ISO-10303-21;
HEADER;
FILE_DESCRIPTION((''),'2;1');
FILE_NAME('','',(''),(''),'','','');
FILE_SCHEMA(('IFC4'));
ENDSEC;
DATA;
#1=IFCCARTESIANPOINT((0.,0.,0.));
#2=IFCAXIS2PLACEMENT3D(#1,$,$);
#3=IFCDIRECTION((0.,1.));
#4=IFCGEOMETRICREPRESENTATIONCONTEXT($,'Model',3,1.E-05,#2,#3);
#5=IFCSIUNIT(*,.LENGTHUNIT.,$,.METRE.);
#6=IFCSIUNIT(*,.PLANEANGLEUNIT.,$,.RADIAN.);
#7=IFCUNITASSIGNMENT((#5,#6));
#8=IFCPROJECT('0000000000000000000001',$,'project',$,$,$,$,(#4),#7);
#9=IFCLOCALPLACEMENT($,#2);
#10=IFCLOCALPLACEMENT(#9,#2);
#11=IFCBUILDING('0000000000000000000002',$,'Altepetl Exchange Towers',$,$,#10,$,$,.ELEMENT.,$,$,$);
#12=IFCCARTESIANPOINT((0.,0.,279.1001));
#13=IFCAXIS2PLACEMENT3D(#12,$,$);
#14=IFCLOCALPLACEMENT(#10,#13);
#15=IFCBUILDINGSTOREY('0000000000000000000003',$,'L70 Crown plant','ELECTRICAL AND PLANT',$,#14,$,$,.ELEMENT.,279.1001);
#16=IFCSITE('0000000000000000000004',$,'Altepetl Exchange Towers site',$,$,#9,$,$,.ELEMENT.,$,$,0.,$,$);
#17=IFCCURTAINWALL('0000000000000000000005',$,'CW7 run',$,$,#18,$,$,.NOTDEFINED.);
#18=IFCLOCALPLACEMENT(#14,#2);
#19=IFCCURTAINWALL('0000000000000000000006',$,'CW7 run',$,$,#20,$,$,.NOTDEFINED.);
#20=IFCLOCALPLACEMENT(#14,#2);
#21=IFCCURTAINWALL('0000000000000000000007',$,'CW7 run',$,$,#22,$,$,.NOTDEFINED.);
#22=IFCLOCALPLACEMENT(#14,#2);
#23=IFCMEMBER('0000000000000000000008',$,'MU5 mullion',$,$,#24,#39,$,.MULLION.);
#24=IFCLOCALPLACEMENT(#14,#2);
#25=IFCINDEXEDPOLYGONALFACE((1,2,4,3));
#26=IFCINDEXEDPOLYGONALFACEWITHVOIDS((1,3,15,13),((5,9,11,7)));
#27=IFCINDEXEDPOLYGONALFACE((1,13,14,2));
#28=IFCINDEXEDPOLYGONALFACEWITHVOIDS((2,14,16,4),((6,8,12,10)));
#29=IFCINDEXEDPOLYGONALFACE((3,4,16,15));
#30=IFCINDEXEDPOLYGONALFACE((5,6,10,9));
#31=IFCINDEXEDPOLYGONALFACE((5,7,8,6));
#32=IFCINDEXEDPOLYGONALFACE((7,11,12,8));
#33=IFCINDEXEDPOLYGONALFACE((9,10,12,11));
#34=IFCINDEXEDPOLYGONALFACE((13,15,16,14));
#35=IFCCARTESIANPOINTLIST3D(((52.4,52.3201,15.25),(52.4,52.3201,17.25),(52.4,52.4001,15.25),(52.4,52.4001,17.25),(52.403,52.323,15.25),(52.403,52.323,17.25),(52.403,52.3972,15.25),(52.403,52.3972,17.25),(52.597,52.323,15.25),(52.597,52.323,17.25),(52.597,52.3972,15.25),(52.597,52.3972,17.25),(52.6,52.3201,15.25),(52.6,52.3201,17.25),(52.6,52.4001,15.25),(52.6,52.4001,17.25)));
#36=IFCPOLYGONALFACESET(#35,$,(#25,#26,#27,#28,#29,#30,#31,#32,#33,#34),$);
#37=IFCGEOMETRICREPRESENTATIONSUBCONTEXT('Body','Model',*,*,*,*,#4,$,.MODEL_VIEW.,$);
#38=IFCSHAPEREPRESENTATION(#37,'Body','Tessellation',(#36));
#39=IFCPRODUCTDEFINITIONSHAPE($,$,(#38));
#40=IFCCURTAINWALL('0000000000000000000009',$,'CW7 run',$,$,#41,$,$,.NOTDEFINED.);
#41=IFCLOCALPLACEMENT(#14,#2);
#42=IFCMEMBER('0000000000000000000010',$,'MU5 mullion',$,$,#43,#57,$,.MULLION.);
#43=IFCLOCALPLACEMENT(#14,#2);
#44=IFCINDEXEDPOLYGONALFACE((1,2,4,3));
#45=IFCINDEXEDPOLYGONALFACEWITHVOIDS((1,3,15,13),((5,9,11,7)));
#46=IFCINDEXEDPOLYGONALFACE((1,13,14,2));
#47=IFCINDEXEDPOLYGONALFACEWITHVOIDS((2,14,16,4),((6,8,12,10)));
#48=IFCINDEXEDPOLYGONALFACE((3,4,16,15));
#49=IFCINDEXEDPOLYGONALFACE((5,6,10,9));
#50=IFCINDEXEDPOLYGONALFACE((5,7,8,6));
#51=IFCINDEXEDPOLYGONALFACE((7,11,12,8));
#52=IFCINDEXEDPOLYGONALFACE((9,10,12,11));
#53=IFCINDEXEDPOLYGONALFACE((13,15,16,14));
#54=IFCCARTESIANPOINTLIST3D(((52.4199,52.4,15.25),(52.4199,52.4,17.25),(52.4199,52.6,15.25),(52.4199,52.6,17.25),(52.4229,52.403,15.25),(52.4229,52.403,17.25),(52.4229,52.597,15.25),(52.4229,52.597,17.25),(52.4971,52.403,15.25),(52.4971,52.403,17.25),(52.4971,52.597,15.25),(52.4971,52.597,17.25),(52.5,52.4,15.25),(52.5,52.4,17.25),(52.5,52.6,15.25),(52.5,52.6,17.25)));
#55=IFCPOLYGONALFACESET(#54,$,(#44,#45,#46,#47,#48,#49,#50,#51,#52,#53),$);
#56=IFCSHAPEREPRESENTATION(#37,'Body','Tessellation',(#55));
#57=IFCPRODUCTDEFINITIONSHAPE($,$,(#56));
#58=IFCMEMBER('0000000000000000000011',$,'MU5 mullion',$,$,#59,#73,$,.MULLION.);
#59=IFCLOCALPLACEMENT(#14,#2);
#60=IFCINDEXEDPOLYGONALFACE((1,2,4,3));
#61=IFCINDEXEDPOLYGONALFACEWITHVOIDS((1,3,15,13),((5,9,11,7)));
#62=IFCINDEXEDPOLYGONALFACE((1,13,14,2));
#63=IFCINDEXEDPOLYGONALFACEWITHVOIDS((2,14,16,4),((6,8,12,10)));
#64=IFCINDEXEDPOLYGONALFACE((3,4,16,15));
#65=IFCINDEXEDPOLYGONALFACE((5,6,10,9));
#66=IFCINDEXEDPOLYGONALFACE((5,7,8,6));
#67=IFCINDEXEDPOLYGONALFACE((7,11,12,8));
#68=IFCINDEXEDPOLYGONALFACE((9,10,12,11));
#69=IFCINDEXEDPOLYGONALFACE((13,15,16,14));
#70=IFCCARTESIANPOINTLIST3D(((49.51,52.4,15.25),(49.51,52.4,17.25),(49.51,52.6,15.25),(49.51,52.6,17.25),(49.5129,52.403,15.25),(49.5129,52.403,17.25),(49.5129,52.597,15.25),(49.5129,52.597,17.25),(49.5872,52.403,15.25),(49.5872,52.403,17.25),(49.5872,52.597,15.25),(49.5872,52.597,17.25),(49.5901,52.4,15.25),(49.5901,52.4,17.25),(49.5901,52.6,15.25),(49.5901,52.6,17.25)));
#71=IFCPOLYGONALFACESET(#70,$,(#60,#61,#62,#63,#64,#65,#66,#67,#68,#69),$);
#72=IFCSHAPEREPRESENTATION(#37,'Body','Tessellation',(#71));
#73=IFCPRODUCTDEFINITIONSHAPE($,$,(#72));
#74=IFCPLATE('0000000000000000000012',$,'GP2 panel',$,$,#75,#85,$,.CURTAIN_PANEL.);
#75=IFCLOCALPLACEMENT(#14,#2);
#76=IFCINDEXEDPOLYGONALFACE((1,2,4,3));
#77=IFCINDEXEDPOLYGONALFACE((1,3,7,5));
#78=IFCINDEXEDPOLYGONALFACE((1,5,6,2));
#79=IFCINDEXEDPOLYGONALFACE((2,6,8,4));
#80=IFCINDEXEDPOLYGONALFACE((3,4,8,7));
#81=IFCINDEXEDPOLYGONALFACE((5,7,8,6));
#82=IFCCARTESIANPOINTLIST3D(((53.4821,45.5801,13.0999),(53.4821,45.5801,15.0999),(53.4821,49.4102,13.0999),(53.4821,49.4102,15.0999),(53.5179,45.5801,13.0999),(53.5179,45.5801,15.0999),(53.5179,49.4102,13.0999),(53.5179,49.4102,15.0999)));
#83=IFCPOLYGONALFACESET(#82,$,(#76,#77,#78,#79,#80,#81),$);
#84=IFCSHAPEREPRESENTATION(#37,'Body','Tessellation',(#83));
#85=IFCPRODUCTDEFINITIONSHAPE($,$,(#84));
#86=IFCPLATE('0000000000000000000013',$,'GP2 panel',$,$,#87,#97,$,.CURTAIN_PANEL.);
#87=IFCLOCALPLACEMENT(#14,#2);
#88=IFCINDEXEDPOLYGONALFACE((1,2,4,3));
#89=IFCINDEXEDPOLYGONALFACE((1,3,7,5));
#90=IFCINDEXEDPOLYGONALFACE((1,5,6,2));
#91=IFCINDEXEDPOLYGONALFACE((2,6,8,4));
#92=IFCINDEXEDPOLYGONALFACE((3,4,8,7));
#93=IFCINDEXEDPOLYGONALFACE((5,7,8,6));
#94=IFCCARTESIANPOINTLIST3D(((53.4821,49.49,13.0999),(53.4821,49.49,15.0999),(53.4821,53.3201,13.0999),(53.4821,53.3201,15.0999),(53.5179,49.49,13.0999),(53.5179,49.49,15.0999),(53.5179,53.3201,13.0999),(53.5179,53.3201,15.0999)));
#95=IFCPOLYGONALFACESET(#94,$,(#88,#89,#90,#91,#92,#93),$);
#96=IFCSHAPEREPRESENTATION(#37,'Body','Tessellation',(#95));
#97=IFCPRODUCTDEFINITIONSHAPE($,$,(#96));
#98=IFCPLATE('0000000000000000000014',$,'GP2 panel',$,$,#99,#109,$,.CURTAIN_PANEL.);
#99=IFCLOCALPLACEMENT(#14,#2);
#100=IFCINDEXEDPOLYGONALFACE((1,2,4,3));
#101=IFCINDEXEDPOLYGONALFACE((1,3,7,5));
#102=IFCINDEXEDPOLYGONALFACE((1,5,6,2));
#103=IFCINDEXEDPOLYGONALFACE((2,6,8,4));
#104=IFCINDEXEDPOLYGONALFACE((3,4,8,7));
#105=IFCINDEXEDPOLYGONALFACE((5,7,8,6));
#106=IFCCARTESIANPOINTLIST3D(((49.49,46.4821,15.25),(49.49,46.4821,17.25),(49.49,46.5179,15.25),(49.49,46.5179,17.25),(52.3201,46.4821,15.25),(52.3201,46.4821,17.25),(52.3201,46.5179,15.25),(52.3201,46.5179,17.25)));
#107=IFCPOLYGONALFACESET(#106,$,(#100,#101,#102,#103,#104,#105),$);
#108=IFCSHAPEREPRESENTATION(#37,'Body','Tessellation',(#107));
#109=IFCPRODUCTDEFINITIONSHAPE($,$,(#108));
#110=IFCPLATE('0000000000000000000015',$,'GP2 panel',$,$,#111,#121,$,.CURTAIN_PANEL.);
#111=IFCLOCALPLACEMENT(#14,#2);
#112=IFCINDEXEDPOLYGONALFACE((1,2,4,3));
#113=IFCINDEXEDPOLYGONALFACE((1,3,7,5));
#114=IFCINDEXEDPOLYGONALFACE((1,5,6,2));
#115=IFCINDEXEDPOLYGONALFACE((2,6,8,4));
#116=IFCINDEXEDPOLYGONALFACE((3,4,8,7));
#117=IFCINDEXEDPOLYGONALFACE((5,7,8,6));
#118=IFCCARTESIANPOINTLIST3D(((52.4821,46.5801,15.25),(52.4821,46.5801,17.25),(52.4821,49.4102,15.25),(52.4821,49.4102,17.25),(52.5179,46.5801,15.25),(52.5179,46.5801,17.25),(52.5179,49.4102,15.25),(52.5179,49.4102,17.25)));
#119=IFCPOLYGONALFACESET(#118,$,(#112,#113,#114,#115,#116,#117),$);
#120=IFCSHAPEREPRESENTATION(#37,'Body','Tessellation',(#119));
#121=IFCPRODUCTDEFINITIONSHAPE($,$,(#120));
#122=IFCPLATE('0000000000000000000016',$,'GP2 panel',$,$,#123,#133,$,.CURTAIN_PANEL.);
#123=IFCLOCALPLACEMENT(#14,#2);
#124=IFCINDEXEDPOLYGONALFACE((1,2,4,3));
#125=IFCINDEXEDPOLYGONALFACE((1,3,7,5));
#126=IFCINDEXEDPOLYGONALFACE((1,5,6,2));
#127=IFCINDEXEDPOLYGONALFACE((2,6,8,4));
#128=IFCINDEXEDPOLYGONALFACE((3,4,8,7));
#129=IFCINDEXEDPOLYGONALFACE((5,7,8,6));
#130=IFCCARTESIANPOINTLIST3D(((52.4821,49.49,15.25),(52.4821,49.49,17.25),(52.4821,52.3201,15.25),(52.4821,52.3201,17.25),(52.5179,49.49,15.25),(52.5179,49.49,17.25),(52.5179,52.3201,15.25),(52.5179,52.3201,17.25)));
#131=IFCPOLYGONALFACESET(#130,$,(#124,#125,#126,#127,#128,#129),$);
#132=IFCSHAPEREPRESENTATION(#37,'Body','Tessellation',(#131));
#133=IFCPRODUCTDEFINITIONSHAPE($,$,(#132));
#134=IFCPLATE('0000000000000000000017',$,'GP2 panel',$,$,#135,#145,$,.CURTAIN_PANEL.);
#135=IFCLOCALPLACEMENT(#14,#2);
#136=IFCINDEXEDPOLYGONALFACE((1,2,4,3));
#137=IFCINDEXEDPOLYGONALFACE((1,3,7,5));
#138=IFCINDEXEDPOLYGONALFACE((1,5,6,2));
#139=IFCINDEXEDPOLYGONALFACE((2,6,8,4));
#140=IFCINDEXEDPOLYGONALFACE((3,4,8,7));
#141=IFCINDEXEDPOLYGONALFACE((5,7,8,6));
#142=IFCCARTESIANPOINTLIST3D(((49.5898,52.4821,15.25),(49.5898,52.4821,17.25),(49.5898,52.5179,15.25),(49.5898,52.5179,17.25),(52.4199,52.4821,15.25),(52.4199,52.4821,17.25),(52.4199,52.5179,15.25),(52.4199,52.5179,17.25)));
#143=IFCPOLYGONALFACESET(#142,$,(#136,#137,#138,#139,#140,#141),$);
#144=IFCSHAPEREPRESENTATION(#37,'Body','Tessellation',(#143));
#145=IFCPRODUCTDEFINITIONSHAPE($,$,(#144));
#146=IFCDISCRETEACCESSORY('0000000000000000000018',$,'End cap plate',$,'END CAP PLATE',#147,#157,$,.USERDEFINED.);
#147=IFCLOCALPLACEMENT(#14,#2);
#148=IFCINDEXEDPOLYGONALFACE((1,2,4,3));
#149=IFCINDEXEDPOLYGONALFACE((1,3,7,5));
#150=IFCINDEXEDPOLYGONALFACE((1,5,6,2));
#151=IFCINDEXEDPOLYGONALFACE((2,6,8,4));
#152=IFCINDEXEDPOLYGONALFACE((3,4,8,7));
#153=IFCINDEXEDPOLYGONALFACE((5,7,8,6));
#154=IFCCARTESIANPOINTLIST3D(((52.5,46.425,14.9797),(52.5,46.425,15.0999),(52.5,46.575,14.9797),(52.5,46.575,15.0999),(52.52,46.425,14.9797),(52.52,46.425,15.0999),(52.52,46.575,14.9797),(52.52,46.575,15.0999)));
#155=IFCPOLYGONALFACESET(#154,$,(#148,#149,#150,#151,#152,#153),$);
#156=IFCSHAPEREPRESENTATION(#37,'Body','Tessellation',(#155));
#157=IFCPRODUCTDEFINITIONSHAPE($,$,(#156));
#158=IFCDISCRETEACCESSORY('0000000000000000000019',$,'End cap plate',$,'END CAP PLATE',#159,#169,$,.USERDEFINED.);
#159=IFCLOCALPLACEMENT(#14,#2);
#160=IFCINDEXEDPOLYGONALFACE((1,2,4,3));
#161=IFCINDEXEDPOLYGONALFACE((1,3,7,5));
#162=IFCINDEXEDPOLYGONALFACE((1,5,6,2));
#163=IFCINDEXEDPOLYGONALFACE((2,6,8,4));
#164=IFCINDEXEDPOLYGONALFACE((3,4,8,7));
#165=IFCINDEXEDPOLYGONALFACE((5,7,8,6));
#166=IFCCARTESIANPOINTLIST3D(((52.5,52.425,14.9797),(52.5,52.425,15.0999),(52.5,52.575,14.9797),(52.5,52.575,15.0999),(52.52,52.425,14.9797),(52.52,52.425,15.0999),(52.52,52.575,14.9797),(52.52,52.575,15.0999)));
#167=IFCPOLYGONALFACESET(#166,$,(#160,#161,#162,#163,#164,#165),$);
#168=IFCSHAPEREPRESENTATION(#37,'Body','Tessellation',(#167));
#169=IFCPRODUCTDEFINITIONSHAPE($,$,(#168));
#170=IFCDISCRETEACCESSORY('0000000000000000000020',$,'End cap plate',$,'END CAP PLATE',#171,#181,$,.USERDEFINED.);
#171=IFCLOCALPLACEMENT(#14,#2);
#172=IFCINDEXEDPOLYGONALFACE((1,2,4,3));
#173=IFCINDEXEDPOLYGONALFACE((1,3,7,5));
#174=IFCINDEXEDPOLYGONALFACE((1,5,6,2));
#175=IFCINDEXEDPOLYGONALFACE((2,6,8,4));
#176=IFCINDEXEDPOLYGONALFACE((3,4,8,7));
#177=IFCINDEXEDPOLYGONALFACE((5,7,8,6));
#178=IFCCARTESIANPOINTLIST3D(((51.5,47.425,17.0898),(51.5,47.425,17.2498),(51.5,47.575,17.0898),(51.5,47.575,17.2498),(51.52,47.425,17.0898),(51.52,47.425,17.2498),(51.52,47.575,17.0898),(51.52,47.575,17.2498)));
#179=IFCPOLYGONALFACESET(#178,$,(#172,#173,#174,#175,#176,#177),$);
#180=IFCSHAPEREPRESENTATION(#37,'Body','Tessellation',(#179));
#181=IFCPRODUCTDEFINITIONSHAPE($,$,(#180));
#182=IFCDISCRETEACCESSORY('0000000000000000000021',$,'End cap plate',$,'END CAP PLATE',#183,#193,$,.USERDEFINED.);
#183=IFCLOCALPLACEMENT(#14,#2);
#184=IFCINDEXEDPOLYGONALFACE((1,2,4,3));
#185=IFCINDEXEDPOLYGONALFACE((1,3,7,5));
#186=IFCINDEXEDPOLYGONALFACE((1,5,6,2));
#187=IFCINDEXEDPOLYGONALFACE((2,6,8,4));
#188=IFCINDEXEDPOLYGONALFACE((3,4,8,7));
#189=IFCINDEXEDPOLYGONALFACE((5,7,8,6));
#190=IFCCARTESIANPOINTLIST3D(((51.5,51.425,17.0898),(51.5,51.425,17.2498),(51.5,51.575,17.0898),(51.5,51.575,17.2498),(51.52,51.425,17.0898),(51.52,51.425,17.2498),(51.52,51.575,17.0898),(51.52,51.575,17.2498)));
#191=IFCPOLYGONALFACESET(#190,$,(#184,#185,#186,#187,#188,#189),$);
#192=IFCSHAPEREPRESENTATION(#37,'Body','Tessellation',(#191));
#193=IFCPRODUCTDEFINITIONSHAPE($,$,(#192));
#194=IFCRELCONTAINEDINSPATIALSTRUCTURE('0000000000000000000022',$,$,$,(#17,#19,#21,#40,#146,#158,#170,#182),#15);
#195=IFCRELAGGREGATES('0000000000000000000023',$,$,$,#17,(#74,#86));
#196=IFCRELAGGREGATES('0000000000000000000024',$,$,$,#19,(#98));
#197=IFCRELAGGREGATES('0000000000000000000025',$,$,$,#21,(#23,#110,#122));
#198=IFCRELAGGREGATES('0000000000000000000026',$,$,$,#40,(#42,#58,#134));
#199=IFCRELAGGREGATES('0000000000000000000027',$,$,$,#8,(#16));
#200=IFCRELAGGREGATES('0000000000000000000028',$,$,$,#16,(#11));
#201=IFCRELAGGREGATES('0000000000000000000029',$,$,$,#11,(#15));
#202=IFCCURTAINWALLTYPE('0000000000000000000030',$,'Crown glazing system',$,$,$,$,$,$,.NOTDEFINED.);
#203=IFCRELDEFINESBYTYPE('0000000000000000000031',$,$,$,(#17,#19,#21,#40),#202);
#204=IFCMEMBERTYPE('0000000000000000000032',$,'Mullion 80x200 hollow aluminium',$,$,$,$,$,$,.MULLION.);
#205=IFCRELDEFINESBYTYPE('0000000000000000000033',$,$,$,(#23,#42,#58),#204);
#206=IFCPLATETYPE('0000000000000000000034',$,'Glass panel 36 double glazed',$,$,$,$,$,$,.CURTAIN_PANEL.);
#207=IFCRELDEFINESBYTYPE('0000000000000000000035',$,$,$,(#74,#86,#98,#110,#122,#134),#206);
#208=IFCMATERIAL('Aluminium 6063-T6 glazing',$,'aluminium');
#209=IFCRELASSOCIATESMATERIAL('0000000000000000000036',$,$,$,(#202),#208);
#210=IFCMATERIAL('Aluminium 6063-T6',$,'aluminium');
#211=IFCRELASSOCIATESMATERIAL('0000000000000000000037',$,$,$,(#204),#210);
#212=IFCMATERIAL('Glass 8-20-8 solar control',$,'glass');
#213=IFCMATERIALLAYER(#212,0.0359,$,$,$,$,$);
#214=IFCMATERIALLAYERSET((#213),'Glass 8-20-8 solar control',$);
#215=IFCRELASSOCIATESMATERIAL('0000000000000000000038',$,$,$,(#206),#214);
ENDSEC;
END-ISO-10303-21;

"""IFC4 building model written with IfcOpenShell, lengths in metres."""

from ifc_helpers import new_model, si_unit, direction, frame, origin, origin_2d, place, context, subcontext, project, spatial, rectangle, hollow_rectangle, extrude, material, layer, layer_set, material_profile, profile_set, type_object, element, aggregate, save


model = new_model("IFC4")

# Units and contexts
model_context = context("Model", 3, precision=1e-05, world=origin(), true_north=direction((0.0, 1.0)))
body_context = subcontext(model_context, "Body", "Model", "MODEL_VIEW")
ifc_project = project(units=[si_unit("LENGTHUNIT", "METRE"), si_unit("PLANEANGLEUNIT", "RADIAN")], contexts=[model_context])

# Site, building, storey
site_placement = place(None, origin())
site = spatial("IfcSite", under=ifc_project, at=site_placement, Name="Altepetl Exchange Towers site", CompositionType="ELEMENT", RefElevation=0.0)
building_placement = place(site_placement, origin())
building = spatial("IfcBuilding", under=site, at=building_placement, Name="Altepetl Exchange Towers", CompositionType="ELEMENT")
storey_placement = place(building_placement, frame((0.0, 0.0, 279.1001)))
storey = spatial("IfcBuildingStorey", under=building, at=storey_placement, Name="L70 Crown plant", Description="ELECTRICAL AND PLANT", CompositionType="ELEMENT", Elevation=279.1001)

# Shared definitions
ifc_material_1 = material(Name="Aluminium 6063-T6 glazing", Category="aluminium")
curtain_wall_type = type_object("IfcCurtainWallType", Name="Crown glazing system", PredefinedType="NOTDEFINED", material=ifc_material_1)
ifc_material_2 = material(Name="Aluminium 6063-T6", Category="aluminium")
ifc_material_profile_1 = material_profile(ifc_material_2, hollow_rectangle(XDim=0.0801, YDim=0.2, WallThickness=0.0029, at=origin_2d()), Name="Mullion 80x200 hollow aluminium")
ifc_profile_set_1 = profile_set([ifc_material_profile_1], Name="Aluminium 6063-T6")
member_type = type_object("IfcMemberType", Name="Mullion 80x200 hollow aluminium", PredefinedType="MULLION", material=ifc_profile_set_1)

# Curtain wall
curtain_wall_1_placement = place(storey_placement, origin())
curtain_wall_1 = element("IfcCurtainWall", 1, at=curtain_wall_1_placement, inside=storey, type_object=curtain_wall_type, Name="CW7 run", PredefinedType="NOTDEFINED")

# Curtain walls, members
curtain_wall_2_placement = place(storey_placement, origin())
curtain_wall_2 = element("IfcCurtainWall", 2, at=curtain_wall_2_placement, inside=storey, type_object=curtain_wall_type, Name="CW7 run", PredefinedType="NOTDEFINED")
curtain_wall_3_placement = place(storey_placement, origin())
curtain_wall_3 = element("IfcCurtainWall", 3, at=curtain_wall_3_placement, inside=storey, type_object=curtain_wall_type, Name="CW7 run", PredefinedType="NOTDEFINED")
member_1_placement = place(storey_placement, frame((52.5, 52.3601, 15.25), z_axis=(0.0, 0.0, 1.0), x_axis=(0.0, 1.0, 0.0)))
member_1 = element("IfcMember", 4, at=member_1_placement, type_object=member_type, Name="MU5 mullion", PredefinedType="MULLION", context=body_context, shape_type="SweptSolid", body=[
    extrude(hollow_rectangle(XDim=0.0801, YDim=0.2, WallThickness=0.0029, at=origin_2d()), origin(), (0.0, 0.0, 1.0), 2.0),
])
curtain_wall_4_placement = place(storey_placement, origin())
curtain_wall_4 = element("IfcCurtainWall", 5, at=curtain_wall_4_placement, inside=storey, type_object=curtain_wall_type, Name="CW7 run", PredefinedType="NOTDEFINED")
member_2_placement = place(storey_placement, frame((52.46, 52.5, 15.25), z_axis=(0.0, 0.0, 1.0), x_axis=(-1.0, 0.0, 0.0)))
member_2 = element("IfcMember", 6, at=member_2_placement, type_object=member_type, Name="MU5 mullion", PredefinedType="MULLION", context=body_context, shape_type="SweptSolid", body=[
    extrude(hollow_rectangle(XDim=0.0801, YDim=0.2, WallThickness=0.0029, at=origin_2d()), origin(), (0.0, 0.0, 1.0), 2.0),
])
member_3_placement = place(storey_placement, frame((49.55, 52.5, 15.25), z_axis=(0.0, 0.0, 1.0), x_axis=(-1.0, 0.0, 0.0)))
member_3 = element("IfcMember", 7, at=member_3_placement, type_object=member_type, Name="MU5 mullion", PredefinedType="MULLION", context=body_context, shape_type="SweptSolid", body=[
    extrude(hollow_rectangle(XDim=0.0801, YDim=0.2, WallThickness=0.0029, at=origin_2d()), origin(), (0.0, 0.0, 1.0), 2.0),
])

# Plates
ifc_material_3 = material(Name="Glass 8-20-8 solar control", Category="glass")
ifc_layer = layer(ifc_material_3, 0.0359)
ifc_layer_set = layer_set([ifc_layer], Name="Glass 8-20-8 solar control")
plate_type = type_object("IfcPlateType", Name="Glass panel 36 double glazed", PredefinedType="CURTAIN_PANEL", material=ifc_layer_set)
plate_1_placement = place(storey_placement, frame((53.5, 47.4951, 13.0999), z_axis=(0.0, 0.0, 1.0), x_axis=(0.0, 1.0, 0.0)))
plate_1 = element("IfcPlate", 8, at=plate_1_placement, type_object=plate_type, Name="GP2 panel", PredefinedType="CURTAIN_PANEL", context=body_context, shape_type="SweptSolid", body=[
    extrude(rectangle(XDim=3.8301, YDim=0.0359, at=origin_2d()), origin(), (0.0, 0.0, 1.0), 2.0),
])
plate_2_placement = place(storey_placement, frame((53.5, 51.405, 13.0999), z_axis=(0.0, 0.0, 1.0), x_axis=(0.0, 1.0, 0.0)))
plate_2 = element("IfcPlate", 9, at=plate_2_placement, type_object=plate_type, Name="GP2 panel", PredefinedType="CURTAIN_PANEL", context=body_context, shape_type="SweptSolid", body=[
    extrude(rectangle(XDim=3.8301, YDim=0.0359, at=origin_2d()), origin(), (0.0, 0.0, 1.0), 2.0),
])
aggregate(curtain_wall_1, [plate_1, plate_2])
plate_3_placement = place(storey_placement, frame((50.905, 46.5, 15.25)))
plate_3 = element("IfcPlate", 10, at=plate_3_placement, type_object=plate_type, Name="GP2 panel", PredefinedType="CURTAIN_PANEL", context=body_context, shape_type="SweptSolid", body=[
    extrude(rectangle(XDim=2.8301, YDim=0.0359, at=origin_2d()), origin(), (0.0, 0.0, 1.0), 2.0),
])
aggregate(curtain_wall_2, [plate_3])
plate_4_placement = place(storey_placement, frame((52.5, 47.9951, 15.25), z_axis=(0.0, 0.0, 1.0), x_axis=(0.0, 1.0, 0.0)))
plate_4 = element("IfcPlate", 11, at=plate_4_placement, type_object=plate_type, Name="GP2 panel", PredefinedType="CURTAIN_PANEL", context=body_context, shape_type="SweptSolid", body=[
    extrude(rectangle(XDim=2.8301, YDim=0.0359, at=origin_2d()), origin(), (0.0, 0.0, 1.0), 2.0),
])
plate_5_placement = place(storey_placement, frame((52.5, 50.905, 15.25), z_axis=(0.0, 0.0, 1.0), x_axis=(0.0, 1.0, 0.0)))
plate_5 = element("IfcPlate", 12, at=plate_5_placement, type_object=plate_type, Name="GP2 panel", PredefinedType="CURTAIN_PANEL", context=body_context, shape_type="SweptSolid", body=[
    extrude(rectangle(XDim=2.8301, YDim=0.0359, at=origin_2d()), origin(), (0.0, 0.0, 1.0), 2.0),
])
aggregate(curtain_wall_3, [member_1, plate_4, plate_5])
plate_6_placement = place(storey_placement, frame((51.0049, 52.5, 15.25), z_axis=(0.0, 0.0, 1.0), x_axis=(-1.0, 0.0, 0.0)))
plate_6 = element("IfcPlate", 13, at=plate_6_placement, type_object=plate_type, Name="GP2 panel", PredefinedType="CURTAIN_PANEL", context=body_context, shape_type="SweptSolid", body=[
    extrude(rectangle(XDim=2.8301, YDim=0.0359, at=origin_2d()), origin(), (0.0, 0.0, 1.0), 2.0),
])
aggregate(curtain_wall_4, [member_2, member_3, plate_6])

# Discrete accessories
for number, where, name in (
    (14, (52.51, 46.5, 14.9797), "End cap plate"),
    (15, (52.51, 52.5, 14.9797), "End cap plate"),
):
    element("IfcDiscreteAccessory", number, at=place(storey_placement, frame(where)), inside=storey, Name=name, ObjectType="END CAP PLATE", PredefinedType="USERDEFINED", context=body_context, shape_type="SweptSolid", body=[
        extrude(rectangle(XDim=0.02, YDim=0.1499, at=origin_2d()), origin(), (0.0, 0.0, 1.0), 0.1201),
    ])
for number, where, name in (
    (16, (51.51, 47.5, 17.0898), "End cap plate"),
    (17, (51.51, 51.5, 17.0898), "End cap plate"),
):
    element("IfcDiscreteAccessory", number, at=place(storey_placement, frame(where)), inside=storey, Name=name, ObjectType="END CAP PLATE", PredefinedType="USERDEFINED", context=body_context, shape_type="SweptSolid", body=[
        extrude(rectangle(XDim=0.02, YDim=0.1499, at=origin_2d()), origin(), (0.0, 0.0, 1.0), 0.1599),
    ])

save(model, "model.ifc")
